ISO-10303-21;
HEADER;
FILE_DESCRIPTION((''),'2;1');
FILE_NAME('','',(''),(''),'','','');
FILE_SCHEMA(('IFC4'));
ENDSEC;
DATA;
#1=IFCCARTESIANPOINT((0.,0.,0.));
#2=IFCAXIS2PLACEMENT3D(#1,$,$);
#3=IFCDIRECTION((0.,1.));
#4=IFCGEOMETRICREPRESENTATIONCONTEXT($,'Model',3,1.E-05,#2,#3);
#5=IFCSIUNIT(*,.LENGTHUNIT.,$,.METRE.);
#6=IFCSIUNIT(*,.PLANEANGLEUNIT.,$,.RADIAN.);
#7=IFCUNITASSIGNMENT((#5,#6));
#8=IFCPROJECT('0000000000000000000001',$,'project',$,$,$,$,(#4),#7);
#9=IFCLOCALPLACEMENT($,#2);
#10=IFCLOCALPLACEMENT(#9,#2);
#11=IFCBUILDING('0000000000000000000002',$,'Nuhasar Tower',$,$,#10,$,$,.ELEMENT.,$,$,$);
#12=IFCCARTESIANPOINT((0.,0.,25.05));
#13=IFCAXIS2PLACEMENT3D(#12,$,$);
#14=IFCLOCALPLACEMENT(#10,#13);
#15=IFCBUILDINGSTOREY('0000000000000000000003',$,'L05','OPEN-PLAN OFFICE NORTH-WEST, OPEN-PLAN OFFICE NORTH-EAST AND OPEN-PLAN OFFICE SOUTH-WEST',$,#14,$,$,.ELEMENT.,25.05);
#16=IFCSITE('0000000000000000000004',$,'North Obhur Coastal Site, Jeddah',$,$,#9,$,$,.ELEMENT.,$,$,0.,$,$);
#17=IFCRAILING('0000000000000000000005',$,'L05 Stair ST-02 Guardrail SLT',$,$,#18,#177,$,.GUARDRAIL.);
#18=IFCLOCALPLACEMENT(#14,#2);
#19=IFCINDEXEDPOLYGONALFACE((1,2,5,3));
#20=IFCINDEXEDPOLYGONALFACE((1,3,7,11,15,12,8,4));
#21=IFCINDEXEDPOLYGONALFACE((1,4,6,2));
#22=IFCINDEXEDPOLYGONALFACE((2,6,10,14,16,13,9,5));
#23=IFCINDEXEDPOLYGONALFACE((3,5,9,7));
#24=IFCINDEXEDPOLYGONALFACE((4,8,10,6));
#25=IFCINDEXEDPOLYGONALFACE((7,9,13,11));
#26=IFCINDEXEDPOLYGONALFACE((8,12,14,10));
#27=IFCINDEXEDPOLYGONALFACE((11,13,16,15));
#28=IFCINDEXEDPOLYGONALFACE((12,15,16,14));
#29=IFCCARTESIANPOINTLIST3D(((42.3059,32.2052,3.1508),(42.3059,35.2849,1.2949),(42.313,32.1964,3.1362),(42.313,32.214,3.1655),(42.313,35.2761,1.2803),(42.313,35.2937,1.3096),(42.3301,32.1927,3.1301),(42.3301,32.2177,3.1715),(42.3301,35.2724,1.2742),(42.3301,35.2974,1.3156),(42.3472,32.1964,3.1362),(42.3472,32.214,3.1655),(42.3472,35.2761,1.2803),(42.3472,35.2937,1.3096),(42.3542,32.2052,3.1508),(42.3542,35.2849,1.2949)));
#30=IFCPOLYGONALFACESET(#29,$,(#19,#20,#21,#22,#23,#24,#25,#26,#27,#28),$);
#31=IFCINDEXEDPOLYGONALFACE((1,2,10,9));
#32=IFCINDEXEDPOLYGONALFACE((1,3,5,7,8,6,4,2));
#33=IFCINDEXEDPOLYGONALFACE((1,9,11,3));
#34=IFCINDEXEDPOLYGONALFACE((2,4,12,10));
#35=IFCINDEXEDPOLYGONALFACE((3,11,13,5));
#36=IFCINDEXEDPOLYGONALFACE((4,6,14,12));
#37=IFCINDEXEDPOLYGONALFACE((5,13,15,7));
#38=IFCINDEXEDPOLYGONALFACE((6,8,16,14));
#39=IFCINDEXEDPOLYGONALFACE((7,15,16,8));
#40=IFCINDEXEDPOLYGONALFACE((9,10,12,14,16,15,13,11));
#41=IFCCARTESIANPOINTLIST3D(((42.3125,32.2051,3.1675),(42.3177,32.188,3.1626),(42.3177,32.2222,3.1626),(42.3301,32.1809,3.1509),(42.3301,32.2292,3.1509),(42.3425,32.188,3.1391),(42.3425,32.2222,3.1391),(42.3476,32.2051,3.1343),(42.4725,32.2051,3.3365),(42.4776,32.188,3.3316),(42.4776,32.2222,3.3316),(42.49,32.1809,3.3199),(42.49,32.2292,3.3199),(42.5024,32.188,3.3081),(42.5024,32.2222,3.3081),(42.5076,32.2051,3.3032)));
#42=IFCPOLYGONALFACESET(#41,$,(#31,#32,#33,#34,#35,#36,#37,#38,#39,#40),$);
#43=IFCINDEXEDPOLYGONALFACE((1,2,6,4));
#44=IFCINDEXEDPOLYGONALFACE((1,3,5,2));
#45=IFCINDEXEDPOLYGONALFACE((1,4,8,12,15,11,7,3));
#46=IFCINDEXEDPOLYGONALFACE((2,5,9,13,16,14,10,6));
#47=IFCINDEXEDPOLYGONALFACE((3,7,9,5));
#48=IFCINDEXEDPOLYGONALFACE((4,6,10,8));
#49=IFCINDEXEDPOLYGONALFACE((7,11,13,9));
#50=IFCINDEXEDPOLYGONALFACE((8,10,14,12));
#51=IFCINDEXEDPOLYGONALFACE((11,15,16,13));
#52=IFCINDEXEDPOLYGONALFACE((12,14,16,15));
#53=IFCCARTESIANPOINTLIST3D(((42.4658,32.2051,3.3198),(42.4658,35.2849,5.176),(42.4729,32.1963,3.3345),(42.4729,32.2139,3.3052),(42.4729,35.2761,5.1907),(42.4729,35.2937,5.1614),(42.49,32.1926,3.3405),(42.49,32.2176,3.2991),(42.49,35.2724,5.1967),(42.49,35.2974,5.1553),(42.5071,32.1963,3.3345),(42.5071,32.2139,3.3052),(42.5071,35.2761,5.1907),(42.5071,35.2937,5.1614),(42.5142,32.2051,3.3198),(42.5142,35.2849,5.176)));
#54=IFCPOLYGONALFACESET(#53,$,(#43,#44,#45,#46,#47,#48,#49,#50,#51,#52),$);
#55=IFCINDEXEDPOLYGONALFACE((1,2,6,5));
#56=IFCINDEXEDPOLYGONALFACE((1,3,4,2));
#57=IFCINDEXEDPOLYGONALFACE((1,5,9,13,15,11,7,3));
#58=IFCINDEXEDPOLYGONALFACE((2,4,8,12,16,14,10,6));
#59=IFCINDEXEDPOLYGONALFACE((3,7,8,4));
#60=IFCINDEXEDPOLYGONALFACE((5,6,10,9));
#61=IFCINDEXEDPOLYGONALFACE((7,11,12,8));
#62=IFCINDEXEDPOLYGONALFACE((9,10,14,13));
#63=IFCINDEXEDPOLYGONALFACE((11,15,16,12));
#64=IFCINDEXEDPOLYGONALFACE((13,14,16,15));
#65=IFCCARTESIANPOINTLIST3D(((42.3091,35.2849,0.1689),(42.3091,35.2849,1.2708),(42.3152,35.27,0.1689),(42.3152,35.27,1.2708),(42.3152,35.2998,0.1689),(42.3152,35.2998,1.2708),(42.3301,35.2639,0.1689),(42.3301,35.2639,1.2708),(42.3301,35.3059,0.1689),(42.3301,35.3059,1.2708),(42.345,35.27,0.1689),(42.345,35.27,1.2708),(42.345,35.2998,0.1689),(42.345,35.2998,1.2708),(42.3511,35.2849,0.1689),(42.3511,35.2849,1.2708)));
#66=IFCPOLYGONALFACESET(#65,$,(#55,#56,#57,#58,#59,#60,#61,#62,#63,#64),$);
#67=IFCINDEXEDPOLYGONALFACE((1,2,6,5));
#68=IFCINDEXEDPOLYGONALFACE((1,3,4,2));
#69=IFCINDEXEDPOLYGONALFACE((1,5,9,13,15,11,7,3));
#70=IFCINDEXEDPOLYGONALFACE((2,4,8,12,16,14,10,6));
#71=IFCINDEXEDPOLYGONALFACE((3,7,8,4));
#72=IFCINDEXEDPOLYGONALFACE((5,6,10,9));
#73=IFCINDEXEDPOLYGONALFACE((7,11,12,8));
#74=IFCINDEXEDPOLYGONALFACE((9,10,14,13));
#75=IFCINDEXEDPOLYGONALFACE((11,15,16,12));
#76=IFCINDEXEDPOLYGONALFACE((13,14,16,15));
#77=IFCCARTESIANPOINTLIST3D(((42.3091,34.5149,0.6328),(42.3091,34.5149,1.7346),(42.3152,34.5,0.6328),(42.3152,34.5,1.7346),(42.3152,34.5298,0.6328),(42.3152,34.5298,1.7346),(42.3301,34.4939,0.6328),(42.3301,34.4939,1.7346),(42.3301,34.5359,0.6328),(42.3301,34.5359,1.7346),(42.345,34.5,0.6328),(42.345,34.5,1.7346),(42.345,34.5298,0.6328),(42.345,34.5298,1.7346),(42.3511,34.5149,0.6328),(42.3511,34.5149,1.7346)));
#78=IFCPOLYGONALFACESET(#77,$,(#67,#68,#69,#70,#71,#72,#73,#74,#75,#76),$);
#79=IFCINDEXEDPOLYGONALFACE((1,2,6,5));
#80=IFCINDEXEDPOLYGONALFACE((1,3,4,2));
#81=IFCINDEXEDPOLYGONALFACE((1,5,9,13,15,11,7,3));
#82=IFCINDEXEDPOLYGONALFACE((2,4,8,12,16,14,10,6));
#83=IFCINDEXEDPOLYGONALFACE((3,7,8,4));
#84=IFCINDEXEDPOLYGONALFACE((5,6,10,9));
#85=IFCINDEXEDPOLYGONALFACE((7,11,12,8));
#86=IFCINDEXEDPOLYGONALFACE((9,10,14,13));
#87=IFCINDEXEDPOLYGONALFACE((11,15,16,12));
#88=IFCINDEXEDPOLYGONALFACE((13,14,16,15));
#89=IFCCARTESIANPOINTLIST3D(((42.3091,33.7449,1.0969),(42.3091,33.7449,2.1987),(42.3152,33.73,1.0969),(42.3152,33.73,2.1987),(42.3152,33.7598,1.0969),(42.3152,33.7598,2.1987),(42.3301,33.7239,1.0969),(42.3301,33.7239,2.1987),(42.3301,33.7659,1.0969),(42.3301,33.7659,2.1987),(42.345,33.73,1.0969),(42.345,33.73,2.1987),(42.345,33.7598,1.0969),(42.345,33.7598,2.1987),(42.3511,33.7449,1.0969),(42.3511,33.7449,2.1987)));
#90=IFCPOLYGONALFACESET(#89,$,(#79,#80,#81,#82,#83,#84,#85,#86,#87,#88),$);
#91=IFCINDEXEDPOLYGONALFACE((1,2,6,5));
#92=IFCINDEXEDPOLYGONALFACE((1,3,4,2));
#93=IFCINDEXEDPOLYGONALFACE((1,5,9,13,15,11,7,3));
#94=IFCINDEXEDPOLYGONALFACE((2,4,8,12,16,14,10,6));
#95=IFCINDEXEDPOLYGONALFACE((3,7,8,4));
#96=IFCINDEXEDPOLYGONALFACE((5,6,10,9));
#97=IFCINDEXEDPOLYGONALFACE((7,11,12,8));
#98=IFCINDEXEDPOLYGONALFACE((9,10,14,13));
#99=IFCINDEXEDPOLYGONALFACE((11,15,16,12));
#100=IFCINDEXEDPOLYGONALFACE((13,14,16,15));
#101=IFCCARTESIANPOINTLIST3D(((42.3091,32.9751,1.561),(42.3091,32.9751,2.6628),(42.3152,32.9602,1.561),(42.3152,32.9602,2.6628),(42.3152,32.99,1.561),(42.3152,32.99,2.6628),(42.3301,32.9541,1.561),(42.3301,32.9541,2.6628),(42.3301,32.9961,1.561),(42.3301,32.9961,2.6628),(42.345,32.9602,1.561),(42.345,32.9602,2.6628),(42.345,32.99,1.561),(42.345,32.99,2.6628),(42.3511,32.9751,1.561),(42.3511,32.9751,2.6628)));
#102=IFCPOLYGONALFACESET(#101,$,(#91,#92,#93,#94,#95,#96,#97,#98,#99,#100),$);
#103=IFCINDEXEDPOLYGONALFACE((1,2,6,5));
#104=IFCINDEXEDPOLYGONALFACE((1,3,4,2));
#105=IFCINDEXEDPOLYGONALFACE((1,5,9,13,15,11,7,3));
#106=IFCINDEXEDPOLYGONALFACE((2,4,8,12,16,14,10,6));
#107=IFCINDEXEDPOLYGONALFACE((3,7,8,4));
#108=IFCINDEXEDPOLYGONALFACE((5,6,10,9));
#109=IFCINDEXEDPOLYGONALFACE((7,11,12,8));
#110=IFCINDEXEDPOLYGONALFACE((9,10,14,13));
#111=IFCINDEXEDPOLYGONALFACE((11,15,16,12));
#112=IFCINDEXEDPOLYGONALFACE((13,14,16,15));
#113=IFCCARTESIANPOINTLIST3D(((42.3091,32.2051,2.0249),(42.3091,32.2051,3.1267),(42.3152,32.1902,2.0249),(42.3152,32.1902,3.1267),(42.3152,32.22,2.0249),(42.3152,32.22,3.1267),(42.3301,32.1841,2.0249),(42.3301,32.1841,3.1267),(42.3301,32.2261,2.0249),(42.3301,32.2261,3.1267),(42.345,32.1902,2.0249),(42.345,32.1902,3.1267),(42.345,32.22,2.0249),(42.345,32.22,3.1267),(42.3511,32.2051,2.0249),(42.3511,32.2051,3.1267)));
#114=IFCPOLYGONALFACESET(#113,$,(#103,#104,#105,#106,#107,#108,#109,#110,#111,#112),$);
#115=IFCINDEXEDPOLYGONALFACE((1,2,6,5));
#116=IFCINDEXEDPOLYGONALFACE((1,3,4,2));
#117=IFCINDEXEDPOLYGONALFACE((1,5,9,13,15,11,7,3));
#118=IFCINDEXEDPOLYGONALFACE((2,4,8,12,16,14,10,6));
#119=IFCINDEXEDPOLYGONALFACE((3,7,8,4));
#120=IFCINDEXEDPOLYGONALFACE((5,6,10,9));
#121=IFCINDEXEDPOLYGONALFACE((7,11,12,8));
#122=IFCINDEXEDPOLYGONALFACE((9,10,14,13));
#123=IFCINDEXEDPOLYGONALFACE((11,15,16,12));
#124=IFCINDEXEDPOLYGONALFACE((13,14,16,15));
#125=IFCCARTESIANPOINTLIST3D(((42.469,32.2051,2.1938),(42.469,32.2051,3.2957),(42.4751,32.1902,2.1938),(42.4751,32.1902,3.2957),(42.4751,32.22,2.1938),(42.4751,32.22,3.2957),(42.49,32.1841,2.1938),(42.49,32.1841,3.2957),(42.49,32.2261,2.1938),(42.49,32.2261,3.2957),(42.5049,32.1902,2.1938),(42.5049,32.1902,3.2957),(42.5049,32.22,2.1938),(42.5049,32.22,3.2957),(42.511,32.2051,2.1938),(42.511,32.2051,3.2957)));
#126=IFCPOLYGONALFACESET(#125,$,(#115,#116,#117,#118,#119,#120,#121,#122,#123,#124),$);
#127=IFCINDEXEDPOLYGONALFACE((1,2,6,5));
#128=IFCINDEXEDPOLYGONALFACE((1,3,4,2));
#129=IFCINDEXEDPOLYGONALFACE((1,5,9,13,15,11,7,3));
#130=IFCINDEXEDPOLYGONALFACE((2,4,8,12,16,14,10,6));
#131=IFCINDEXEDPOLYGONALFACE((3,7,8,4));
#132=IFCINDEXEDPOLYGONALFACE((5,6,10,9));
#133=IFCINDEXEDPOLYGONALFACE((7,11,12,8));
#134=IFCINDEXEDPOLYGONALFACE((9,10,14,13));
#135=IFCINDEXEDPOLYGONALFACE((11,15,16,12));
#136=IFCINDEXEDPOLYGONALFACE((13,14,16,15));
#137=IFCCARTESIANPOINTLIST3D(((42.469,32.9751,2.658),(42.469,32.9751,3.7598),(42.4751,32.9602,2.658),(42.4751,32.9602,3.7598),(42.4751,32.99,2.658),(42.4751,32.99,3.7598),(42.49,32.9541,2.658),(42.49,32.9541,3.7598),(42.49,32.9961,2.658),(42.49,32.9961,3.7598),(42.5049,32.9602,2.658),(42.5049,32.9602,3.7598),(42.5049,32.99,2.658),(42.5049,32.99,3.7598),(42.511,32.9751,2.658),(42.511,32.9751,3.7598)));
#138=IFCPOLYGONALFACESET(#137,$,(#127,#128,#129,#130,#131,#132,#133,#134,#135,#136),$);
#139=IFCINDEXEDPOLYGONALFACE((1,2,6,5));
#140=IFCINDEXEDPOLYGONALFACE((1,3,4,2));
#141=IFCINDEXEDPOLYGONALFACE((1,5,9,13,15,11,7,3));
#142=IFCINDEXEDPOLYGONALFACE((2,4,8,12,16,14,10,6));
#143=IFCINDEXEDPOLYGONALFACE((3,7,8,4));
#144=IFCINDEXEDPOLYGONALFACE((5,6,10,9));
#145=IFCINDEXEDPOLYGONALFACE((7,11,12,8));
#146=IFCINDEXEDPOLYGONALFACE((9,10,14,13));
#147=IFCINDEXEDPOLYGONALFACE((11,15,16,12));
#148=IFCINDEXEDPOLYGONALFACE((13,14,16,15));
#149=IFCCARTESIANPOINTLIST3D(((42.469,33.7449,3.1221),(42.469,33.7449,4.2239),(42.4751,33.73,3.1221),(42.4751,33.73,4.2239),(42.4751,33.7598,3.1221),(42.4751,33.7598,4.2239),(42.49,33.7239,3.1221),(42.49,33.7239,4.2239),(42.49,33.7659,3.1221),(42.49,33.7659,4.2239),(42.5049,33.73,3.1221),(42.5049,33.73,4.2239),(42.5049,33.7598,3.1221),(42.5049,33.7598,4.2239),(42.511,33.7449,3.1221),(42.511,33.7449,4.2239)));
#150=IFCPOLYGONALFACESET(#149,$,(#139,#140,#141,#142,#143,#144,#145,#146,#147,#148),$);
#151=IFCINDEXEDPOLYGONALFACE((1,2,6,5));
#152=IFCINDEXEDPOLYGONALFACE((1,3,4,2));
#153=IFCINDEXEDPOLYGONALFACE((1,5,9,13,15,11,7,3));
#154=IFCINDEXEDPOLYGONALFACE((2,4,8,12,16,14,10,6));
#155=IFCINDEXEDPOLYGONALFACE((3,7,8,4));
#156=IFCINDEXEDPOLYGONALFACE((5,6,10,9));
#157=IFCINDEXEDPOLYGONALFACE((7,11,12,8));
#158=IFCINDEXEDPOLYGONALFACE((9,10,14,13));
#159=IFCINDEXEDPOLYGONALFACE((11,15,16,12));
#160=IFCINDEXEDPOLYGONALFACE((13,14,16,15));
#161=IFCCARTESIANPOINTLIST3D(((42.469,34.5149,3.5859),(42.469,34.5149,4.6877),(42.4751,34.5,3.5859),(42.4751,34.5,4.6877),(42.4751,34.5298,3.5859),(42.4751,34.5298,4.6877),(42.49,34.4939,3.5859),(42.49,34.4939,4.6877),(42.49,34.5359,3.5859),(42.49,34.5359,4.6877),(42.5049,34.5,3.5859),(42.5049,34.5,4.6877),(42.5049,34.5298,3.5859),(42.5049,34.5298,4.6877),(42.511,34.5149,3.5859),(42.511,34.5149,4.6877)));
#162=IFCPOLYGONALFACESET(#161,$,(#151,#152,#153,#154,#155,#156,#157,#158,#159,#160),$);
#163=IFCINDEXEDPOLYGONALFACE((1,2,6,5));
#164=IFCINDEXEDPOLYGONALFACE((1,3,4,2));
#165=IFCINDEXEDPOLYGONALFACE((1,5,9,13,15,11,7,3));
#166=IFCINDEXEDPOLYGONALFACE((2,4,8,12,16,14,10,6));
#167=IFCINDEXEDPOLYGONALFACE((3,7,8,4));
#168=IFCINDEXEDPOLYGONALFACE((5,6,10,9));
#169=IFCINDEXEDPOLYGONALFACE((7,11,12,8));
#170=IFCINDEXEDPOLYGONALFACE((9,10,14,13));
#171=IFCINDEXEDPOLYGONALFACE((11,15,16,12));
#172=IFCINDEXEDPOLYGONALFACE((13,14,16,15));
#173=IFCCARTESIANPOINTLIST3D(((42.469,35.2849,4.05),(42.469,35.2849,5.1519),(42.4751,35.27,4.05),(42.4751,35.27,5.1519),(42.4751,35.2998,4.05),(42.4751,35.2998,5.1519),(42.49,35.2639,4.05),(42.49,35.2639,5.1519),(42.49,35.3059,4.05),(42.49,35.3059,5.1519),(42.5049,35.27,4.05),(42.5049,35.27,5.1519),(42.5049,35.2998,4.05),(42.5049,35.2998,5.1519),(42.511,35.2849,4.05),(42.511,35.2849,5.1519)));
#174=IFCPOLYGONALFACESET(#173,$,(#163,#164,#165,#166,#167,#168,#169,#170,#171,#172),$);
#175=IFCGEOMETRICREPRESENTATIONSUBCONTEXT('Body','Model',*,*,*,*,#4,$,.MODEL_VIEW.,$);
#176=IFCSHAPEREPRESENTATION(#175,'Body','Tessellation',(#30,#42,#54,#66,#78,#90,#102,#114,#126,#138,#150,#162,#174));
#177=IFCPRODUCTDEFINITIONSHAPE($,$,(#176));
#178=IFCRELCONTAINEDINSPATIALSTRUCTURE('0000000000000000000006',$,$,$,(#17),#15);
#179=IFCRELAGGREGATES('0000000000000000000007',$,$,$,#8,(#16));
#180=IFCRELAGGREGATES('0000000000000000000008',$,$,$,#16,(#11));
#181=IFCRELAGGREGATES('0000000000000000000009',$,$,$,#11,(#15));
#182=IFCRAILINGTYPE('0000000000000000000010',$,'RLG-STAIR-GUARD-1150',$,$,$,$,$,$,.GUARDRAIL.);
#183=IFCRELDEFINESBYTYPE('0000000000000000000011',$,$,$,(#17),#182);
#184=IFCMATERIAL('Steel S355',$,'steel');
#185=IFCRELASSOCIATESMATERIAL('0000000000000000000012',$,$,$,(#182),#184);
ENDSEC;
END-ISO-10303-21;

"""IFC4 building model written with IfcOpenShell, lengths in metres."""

from ifc_helpers import new_model, si_unit, direction, frame, origin, place, context, subcontext, project, spatial, polyline, outline, extrude, material, type_object, element, save


model = new_model("IFC4")

# Units and contexts
model_context = context("Model", 3, precision=1e-05, world=origin(), true_north=direction((0.0, 1.0)))
body_context = subcontext(model_context, "Body", "Model", "MODEL_VIEW")
ifc_project = project(units=[si_unit("LENGTHUNIT", "METRE"), si_unit("PLANEANGLEUNIT", "RADIAN")], contexts=[model_context])

# Site, building, storey
site_placement = place(None, origin())
site = spatial("IfcSite", under=ifc_project, at=site_placement, Name="North Obhur Coastal Site, Jeddah", CompositionType="ELEMENT", RefElevation=0.0)
building_placement = place(site_placement, origin())
building = spatial("IfcBuilding", under=site, at=building_placement, Name="Nuhasar Tower", CompositionType="ELEMENT")
storey_placement = place(building_placement, frame((0.0, 0.0, 25.05)))
storey = spatial("IfcBuildingStorey", under=building, at=storey_placement, Name="L05", Description="OPEN-PLAN OFFICE NORTH-WEST, OPEN-PLAN OFFICE NORTH-EAST AND OPEN-PLAN OFFICE SOUTH-WEST", CompositionType="ELEMENT", Elevation=25.05)

# Shared definitions
ifc_material_1 = material(Name="Steel S355", Category="steel")

# Railing
railing_type_1 = type_object("IfcRailingType", Name="RLG-STAIR-GUARD-1150", PredefinedType="GUARDRAIL", material=ifc_material_1)
railing_1_placement = place(storey_placement, frame((42.3301, 35.2849, 0.1689)))
element("IfcRailing", 1, at=railing_1_placement, inside=storey, type_object=railing_type_1, Name="L05 Stair ST-02 Guardrail SLT", PredefinedType="GUARDRAIL", context=body_context, shape_type="SweptSolid", body=[
    extrude(outline(polyline([(0.0242, 0.0), (0.0171, 0.0171), (0.0, 0.0242), (-0.0171, 0.0171), (-0.0242, 0.0), (-0.0171, -0.0171), (0.0, -0.0242), (0.0171, -0.0171), (0.0242, 0.0)])), frame((0.0, 0.0, 1.126), z_axis=(0.0, -0.856503, 0.516142), x_axis=(1.0, 0.0, 0.0)), (0.0, 0.0, 1.0), 3.5957),
    extrude(outline(polyline([(0.0242, 0.0), (0.0171, 0.0171), (0.0, 0.0242), (-0.0171, 0.0171), (-0.0242, 0.0), (-0.0171, -0.0171), (0.0, -0.0242), (0.0171, -0.0171), (0.0242, 0.0)])), frame((0.0, -3.0798, 2.9819), z_axis=(0.687424, 0.0, 0.726256), x_axis=(0.0, 1.0, 0.0)), (0.0, 0.0, 1.0), 0.2327),
    extrude(outline(polyline([(0.0242, 0.0), (0.0171, 0.0171), (0.0, 0.0242), (-0.0171, 0.0171), (-0.0242, 0.0), (-0.0171, -0.0171), (0.0, -0.0242), (0.0171, -0.0171), (0.0242, 0.0)])), frame((0.1599, -3.0798, 3.1509), z_axis=(0.0, 0.856473, 0.516192), x_axis=(-1.0, 0.0, 0.0)), (0.0, 0.0, 1.0), 3.5959),
    extrude(outline(polyline([(0.021, 0.0), (0.0149, 0.0149), (0.0, 0.021), (-0.0149, 0.0149), (-0.021, 0.0), (-0.0149, -0.0149), (0.0, -0.021), (0.0149, -0.0149), (0.021, 0.0)])), origin(), (0.0, 0.0, 1.0), 1.1018),
    extrude(outline(polyline([(0.021, 0.0), (0.0149, 0.0149), (0.0, 0.021), (-0.0149, 0.0149), (-0.021, 0.0), (-0.0149, -0.0149), (0.0, -0.021), (0.0149, -0.0149), (0.021, 0.0)])), frame((0.0, -0.77, 0.4639)), (0.0, 0.0, 1.0), 1.1018),
    extrude(outline(polyline([(0.021, 0.0), (0.0149, 0.0149), (0.0, 0.021), (-0.0149, 0.0149), (-0.021, 0.0), (-0.0149, -0.0149), (0.0, -0.021), (0.0149, -0.0149), (0.021, 0.0)])), frame((0.0, -1.54, 0.928)), (0.0, 0.0, 1.0), 1.1018),
    extrude(outline(polyline([(0.021, 0.0), (0.0149, 0.0149), (0.0, 0.021), (-0.0149, 0.0149), (-0.021, 0.0), (-0.0149, -0.0149), (0.0, -0.021), (0.0149, -0.0149), (0.021, 0.0)])), frame((0.0, -2.3098, 1.3921)), (0.0, 0.0, 1.0), 1.1018),
    extrude(outline(polyline([(0.021, 0.0), (0.0149, 0.0149), (0.0, 0.021), (-0.0149, 0.0149), (-0.021, 0.0), (-0.0149, -0.0149), (0.0, -0.021), (0.0149, -0.0149), (0.021, 0.0)])), frame((0.0, -3.0798, 1.856)), (0.0, 0.0, 1.0), 1.1018),
    extrude(outline(polyline([(0.021, 0.0), (0.0149, 0.0149), (0.0, 0.021), (-0.0149, 0.0149), (-0.021, 0.0), (-0.0149, -0.0149), (0.0, -0.021), (0.0149, -0.0149), (0.021, 0.0)])), frame((0.1599, -3.0798, 2.0249)), (0.0, 0.0, 1.0), 1.1018),
    extrude(outline(polyline([(0.021, 0.0), (0.0149, 0.0149), (0.0, 0.021), (-0.0149, 0.0149), (-0.021, 0.0), (-0.0149, -0.0149), (0.0, -0.021), (0.0149, -0.0149), (0.021, 0.0)])), frame((0.1599, -2.3098, 2.489)), (0.0, 0.0, 1.0), 1.1018),
    extrude(outline(polyline([(0.021, 0.0), (0.0149, 0.0149), (0.0, 0.021), (-0.0149, 0.0149), (-0.021, 0.0), (-0.0149, -0.0149), (0.0, -0.021), (0.0149, -0.0149), (0.021, 0.0)])), frame((0.1599, -1.54, 2.9531)), (0.0, 0.0, 1.0), 1.1018),
    extrude(outline(polyline([(0.021, 0.0), (0.0149, 0.0149), (0.0, 0.021), (-0.0149, 0.0149), (-0.021, 0.0), (-0.0149, -0.0149), (0.0, -0.021), (0.0149, -0.0149), (0.021, 0.0)])), frame((0.1599, -0.77, 3.417)), (0.0, 0.0, 1.0), 1.1018),
    extrude(outline(polyline([(0.021, 0.0), (0.0149, 0.0149), (0.0, 0.021), (-0.0149, 0.0149), (-0.021, 0.0), (-0.0149, -0.0149), (0.0, -0.021), (0.0149, -0.0149), (0.021, 0.0)])), frame((0.1599, 0.0, 3.8811)), (0.0, 0.0, 1.0), 1.1018),
])

save(model, "model.ifc")
